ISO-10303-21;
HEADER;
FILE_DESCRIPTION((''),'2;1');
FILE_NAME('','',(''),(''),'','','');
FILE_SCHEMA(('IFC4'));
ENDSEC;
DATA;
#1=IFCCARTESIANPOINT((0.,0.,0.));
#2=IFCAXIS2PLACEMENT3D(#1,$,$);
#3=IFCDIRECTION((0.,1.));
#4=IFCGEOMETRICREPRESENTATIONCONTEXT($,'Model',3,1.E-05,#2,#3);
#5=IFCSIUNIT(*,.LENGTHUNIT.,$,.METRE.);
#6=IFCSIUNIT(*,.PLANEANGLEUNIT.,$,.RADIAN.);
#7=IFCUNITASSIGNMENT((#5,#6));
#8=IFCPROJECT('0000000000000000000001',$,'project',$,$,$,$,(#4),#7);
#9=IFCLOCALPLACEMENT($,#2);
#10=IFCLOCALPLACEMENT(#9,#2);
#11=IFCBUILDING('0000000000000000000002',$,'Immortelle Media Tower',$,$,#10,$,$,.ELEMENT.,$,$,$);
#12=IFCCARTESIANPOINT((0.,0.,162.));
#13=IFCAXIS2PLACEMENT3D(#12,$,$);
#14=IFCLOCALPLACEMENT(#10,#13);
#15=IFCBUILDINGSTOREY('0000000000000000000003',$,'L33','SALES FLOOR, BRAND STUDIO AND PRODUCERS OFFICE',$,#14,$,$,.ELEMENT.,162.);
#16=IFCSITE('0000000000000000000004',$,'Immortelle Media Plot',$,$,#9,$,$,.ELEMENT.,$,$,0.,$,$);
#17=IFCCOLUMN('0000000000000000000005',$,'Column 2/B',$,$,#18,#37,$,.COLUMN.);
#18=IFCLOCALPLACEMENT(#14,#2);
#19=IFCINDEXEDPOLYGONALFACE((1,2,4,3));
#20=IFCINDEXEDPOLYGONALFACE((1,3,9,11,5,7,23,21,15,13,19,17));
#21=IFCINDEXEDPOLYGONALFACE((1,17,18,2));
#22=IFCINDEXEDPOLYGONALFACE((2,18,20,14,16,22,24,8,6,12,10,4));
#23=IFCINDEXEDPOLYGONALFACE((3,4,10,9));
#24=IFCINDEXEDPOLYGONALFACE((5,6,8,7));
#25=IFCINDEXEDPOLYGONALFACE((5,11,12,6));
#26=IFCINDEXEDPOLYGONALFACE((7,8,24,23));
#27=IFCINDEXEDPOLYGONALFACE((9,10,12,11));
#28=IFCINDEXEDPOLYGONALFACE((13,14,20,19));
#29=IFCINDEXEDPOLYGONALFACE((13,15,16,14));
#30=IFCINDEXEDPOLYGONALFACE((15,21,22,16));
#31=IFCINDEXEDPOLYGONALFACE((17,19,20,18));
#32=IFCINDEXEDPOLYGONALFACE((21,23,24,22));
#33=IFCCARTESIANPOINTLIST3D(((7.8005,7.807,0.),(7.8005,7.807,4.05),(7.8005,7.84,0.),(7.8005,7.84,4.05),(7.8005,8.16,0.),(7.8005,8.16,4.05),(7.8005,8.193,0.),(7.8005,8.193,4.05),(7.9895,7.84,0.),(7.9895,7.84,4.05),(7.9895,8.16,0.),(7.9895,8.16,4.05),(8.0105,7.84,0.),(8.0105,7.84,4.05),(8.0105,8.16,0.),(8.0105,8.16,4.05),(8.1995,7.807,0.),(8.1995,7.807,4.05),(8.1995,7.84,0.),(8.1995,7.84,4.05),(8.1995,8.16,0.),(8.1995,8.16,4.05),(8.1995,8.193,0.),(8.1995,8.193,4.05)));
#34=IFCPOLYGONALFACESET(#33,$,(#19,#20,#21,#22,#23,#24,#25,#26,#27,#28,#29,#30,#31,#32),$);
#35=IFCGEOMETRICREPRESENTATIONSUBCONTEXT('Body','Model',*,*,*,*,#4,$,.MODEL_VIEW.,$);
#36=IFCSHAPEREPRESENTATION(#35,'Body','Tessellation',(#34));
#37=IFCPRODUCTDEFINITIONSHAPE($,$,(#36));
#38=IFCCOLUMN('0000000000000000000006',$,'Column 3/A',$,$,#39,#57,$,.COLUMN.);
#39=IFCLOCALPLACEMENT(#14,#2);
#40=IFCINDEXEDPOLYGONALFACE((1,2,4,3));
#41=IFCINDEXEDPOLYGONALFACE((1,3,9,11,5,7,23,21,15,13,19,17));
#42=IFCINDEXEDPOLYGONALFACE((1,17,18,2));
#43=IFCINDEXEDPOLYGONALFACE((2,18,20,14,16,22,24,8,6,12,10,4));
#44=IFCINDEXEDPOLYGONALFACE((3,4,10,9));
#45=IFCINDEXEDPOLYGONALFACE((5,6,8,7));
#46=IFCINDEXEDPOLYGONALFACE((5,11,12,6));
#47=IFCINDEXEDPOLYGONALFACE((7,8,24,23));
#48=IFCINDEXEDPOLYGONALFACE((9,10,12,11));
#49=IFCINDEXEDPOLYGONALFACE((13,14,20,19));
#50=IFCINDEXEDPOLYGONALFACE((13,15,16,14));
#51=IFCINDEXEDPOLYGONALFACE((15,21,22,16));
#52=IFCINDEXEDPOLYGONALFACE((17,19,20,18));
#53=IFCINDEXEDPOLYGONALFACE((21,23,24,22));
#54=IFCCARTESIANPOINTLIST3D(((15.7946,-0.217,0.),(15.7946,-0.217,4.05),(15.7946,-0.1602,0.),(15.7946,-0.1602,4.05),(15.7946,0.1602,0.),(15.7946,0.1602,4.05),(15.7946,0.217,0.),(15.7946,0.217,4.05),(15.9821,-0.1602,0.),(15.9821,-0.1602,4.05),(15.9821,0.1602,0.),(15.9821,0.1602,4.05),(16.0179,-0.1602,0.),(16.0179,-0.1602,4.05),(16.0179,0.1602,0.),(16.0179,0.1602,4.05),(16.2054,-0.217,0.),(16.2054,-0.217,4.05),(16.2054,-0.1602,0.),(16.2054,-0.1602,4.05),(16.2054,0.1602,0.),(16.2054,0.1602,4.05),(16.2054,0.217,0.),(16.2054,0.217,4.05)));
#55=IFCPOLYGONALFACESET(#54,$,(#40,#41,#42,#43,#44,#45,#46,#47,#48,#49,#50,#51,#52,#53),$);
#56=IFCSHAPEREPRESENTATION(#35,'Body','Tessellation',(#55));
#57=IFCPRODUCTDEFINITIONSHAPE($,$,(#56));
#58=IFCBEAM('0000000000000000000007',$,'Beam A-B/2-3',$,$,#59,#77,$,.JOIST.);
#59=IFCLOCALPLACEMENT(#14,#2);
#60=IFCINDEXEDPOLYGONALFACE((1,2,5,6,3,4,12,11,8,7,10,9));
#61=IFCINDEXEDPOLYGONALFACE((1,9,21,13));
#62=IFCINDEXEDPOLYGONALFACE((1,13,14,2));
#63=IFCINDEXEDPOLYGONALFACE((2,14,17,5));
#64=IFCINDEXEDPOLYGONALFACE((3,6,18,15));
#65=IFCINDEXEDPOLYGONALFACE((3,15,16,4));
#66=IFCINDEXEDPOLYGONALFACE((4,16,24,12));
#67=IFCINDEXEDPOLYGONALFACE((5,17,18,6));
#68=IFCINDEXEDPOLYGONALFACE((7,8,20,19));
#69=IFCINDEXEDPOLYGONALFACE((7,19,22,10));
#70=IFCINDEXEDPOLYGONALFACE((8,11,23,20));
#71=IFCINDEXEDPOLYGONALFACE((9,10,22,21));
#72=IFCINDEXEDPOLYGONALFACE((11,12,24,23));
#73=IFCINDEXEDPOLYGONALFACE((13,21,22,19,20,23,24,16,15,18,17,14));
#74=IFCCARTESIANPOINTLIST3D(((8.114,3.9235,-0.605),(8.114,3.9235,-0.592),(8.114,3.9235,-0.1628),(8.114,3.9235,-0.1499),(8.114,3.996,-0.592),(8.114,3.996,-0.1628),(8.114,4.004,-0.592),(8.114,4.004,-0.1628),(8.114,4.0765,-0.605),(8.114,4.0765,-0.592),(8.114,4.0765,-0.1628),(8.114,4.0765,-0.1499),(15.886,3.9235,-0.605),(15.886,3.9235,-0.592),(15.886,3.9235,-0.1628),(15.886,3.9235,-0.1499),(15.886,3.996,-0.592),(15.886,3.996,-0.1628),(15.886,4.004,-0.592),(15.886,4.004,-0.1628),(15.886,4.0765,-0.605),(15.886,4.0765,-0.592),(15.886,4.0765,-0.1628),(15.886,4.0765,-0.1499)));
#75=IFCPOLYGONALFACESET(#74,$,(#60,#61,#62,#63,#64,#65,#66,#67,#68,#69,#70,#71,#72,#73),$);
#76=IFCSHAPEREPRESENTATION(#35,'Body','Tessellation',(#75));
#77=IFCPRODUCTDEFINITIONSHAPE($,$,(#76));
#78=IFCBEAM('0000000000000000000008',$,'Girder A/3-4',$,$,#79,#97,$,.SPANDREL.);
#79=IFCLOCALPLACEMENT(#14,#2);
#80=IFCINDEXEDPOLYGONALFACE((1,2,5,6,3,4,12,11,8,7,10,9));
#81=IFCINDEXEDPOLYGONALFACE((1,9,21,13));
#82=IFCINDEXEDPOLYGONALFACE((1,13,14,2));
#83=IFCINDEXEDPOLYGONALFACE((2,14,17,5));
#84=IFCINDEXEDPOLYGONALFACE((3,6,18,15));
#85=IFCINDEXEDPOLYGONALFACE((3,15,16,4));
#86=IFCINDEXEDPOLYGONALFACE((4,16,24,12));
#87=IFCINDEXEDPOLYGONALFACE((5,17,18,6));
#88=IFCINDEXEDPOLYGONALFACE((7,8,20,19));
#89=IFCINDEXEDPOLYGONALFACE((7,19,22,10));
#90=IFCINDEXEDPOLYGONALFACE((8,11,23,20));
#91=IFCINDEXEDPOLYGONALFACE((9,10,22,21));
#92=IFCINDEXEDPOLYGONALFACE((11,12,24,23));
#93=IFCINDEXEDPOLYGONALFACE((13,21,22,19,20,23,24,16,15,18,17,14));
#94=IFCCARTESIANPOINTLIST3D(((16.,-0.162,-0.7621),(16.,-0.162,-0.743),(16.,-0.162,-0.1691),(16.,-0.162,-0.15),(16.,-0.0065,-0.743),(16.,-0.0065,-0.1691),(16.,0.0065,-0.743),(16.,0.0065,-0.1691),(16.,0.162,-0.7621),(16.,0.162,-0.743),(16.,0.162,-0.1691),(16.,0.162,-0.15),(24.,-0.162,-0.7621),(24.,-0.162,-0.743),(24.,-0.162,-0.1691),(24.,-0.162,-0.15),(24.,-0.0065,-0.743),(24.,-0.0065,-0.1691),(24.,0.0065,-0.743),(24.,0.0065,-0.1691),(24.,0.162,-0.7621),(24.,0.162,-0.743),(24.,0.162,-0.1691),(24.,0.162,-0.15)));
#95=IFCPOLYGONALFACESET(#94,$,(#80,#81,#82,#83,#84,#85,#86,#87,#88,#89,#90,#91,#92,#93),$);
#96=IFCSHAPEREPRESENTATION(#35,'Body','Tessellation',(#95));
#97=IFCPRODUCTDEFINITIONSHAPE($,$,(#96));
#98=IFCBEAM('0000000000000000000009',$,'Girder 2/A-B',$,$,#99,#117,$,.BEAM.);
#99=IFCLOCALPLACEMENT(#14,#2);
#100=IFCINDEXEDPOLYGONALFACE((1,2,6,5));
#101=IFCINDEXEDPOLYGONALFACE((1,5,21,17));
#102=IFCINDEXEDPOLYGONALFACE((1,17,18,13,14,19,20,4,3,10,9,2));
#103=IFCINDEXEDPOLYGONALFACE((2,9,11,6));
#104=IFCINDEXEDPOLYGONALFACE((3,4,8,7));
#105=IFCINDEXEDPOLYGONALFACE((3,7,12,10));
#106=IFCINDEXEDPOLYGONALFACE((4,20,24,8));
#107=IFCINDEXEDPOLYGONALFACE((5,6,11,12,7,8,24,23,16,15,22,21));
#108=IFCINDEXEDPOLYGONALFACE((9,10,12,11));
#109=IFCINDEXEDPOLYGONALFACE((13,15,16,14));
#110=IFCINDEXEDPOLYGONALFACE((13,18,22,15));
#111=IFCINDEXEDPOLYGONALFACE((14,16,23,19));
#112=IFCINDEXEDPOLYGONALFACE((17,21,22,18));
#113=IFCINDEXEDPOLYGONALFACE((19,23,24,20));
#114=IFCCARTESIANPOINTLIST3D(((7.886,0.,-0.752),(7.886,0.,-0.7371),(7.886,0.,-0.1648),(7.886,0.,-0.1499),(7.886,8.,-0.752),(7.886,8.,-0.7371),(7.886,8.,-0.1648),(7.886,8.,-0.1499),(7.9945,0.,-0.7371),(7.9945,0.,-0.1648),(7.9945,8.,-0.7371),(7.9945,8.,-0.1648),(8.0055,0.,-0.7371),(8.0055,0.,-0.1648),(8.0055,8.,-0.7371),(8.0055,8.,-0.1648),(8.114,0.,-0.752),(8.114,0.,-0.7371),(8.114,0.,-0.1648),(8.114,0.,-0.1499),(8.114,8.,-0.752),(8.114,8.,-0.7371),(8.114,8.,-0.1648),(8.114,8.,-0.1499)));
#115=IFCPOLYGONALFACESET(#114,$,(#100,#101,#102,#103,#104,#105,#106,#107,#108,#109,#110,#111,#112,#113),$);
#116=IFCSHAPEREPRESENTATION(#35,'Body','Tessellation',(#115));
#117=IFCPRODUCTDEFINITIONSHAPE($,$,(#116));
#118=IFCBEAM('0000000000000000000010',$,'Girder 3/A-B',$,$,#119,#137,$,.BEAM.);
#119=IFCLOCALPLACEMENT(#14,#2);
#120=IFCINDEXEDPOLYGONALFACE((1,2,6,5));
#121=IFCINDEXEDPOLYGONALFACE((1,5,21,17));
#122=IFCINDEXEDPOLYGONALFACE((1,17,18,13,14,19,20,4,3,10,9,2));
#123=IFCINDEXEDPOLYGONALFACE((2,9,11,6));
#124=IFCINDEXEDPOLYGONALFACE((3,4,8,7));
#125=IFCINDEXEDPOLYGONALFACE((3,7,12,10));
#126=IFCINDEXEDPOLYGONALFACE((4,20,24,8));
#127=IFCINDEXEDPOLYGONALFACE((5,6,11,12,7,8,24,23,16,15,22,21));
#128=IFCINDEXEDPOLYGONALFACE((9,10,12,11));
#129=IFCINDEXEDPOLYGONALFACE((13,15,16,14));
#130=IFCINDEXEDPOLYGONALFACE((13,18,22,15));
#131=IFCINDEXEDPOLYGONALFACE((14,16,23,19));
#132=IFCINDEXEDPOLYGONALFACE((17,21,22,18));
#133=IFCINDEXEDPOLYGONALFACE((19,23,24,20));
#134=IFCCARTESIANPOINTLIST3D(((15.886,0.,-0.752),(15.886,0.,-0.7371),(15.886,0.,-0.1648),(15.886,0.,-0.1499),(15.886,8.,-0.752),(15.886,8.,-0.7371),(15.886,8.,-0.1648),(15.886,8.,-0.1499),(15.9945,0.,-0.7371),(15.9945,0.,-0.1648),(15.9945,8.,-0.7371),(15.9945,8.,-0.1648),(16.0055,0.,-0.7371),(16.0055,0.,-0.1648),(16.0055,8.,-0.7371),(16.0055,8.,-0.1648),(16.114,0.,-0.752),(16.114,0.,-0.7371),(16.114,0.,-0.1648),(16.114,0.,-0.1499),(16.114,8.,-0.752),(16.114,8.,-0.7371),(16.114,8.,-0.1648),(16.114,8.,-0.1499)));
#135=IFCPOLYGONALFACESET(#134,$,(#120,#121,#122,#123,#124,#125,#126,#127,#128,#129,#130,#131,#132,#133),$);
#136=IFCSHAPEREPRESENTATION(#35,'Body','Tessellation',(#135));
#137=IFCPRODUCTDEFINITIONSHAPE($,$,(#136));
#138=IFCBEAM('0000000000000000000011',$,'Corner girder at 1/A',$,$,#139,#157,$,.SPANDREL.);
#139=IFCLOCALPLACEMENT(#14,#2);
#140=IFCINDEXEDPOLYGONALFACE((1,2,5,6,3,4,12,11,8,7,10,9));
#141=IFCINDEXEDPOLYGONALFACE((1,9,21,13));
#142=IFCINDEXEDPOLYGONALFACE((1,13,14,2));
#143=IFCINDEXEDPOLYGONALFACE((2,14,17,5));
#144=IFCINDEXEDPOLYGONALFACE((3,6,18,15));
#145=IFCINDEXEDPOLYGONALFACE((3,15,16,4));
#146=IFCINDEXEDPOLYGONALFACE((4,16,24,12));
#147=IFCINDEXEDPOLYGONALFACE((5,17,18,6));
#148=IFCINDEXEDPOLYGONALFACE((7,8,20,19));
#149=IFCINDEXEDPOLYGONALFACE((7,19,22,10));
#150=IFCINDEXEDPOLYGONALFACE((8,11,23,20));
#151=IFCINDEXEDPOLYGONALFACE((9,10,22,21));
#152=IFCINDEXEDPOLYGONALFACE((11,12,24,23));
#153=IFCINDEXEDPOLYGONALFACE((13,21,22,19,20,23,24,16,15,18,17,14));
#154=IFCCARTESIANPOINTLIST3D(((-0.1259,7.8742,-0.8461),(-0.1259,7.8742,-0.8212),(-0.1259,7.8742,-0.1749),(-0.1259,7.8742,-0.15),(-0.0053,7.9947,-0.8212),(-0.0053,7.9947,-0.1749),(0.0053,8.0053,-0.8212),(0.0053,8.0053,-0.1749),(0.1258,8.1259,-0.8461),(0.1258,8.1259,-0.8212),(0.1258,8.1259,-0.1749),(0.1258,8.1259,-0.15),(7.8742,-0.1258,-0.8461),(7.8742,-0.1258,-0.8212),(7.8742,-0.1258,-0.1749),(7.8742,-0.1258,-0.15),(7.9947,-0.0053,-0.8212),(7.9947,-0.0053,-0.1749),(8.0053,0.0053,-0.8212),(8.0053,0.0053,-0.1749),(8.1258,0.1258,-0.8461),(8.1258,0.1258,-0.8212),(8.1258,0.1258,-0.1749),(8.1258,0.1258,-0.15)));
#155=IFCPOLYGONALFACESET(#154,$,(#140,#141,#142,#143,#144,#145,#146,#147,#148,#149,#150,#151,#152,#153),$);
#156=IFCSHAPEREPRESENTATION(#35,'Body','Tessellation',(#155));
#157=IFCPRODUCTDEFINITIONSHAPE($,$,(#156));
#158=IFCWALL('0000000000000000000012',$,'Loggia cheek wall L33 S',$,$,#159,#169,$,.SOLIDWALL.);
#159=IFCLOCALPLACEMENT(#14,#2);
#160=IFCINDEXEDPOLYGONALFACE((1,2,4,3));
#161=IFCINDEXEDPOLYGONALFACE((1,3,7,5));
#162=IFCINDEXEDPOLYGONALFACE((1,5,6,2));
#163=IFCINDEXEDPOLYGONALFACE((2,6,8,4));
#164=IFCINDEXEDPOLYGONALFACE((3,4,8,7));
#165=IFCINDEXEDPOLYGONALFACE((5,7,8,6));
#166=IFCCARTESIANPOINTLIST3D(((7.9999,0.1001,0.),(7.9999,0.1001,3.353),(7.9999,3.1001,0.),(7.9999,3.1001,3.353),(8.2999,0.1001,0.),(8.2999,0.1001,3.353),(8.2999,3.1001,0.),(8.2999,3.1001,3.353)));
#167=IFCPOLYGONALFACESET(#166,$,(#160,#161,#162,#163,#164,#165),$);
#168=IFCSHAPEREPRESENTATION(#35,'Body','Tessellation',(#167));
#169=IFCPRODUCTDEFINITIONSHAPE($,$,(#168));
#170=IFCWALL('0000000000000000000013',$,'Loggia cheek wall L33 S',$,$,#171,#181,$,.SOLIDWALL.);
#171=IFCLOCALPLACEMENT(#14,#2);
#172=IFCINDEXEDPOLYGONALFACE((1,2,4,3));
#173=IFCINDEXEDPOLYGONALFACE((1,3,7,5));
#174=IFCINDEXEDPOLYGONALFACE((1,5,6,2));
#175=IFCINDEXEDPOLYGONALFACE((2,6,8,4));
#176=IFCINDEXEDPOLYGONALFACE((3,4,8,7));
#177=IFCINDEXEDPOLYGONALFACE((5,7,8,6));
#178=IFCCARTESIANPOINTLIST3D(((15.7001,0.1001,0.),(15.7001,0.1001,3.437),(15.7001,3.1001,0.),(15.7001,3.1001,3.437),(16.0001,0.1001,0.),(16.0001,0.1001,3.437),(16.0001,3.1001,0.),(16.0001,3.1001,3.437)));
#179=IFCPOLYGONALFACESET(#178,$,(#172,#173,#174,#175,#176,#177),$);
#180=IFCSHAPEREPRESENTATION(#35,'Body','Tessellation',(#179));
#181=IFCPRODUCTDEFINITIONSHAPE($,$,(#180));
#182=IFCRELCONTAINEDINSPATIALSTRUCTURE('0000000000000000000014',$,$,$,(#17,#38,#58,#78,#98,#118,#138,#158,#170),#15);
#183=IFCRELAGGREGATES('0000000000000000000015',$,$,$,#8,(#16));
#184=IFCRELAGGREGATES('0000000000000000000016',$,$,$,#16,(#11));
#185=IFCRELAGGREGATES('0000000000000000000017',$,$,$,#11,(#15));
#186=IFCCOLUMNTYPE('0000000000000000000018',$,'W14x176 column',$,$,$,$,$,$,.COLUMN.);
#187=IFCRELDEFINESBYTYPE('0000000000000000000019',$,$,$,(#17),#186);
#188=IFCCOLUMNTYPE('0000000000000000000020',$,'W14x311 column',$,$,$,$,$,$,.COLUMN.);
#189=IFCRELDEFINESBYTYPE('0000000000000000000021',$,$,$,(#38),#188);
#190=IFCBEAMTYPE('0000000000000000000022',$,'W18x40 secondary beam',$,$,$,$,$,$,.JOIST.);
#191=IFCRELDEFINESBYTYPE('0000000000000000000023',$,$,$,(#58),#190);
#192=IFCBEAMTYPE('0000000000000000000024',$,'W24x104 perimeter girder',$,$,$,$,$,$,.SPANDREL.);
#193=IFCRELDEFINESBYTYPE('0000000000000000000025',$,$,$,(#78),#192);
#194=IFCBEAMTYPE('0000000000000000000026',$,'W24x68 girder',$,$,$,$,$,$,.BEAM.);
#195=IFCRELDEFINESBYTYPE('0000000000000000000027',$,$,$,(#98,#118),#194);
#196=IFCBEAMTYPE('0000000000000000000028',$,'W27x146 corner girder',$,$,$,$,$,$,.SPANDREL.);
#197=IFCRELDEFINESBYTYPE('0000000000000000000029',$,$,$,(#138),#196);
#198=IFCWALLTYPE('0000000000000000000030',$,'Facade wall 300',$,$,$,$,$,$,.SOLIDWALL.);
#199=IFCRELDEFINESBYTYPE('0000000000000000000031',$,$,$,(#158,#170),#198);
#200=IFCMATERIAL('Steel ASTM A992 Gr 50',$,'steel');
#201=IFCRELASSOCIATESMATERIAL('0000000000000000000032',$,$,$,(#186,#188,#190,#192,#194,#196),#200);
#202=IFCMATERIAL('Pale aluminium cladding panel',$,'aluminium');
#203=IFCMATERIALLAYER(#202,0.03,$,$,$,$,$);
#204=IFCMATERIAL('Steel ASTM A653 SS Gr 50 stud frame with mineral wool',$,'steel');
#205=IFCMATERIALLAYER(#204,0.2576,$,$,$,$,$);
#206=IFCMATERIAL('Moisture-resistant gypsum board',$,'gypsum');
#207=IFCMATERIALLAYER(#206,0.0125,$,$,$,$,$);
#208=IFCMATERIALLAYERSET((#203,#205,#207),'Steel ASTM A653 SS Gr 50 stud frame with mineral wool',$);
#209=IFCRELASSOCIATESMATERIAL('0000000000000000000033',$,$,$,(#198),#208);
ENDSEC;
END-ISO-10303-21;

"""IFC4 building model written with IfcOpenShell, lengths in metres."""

from ifc_helpers import new_model, si_unit, direction, frame, frame_2d, origin, origin_2d, place, context, subcontext, project, spatial, rectangle, i_section, extrude, material, layer, layer_set, material_profile, profile_set, type_object, element, save


model = new_model("IFC4")

# Units and contexts
model_context = context("Model", 3, precision=1e-05, world=origin(), true_north=direction((0.0, 1.0)))
body_context = subcontext(model_context, "Body", "Model", "MODEL_VIEW")
ifc_project = project(units=[si_unit("LENGTHUNIT", "METRE"), si_unit("PLANEANGLEUNIT", "RADIAN")], contexts=[model_context])

# Site, building, storey
site_placement = place(None, origin())
site = spatial("IfcSite", under=ifc_project, at=site_placement, Name="Immortelle Media Plot", CompositionType="ELEMENT", RefElevation=0.0)
building_placement = place(site_placement, origin())
building = spatial("IfcBuilding", under=site, at=building_placement, Name="Immortelle Media Tower", CompositionType="ELEMENT")
storey_placement = place(building_placement, frame((0.0, 0.0, 162.0)))
storey = spatial("IfcBuildingStorey", under=building, at=storey_placement, Name="L33", Description="SALES FLOOR, BRAND STUDIO AND PRODUCERS OFFICE", CompositionType="ELEMENT", Elevation=162.0)

# Columns
ifc_material_1 = material(Name="Steel ASTM A992 Gr 50", Category="steel")
ifc_material_profile_1 = material_profile(ifc_material_1, i_section(OverallWidth=0.3989, OverallDepth=0.386, WebThickness=0.021, FlangeThickness=0.033, at=origin_2d()), Name="W14x176")
ifc_profile_set_1 = profile_set([ifc_material_profile_1], Name="Steel ASTM A992 Gr 50")
column_type_1 = type_object("IfcColumnType", Name="W14x176 column", PredefinedType="COLUMN", material=ifc_profile_set_1)
column_1_placement = place(storey_placement, frame((8.0, 8.0, 0.0), z_axis=(0.0, 0.0, 1.0), x_axis=(1.0, 0.0, 0.0)))
element("IfcColumn", 1, at=column_1_placement, inside=storey, type_object=column_type_1, Name="Column 2/B", PredefinedType="COLUMN", context=body_context, shape_type="SweptSolid", body=[
    extrude(i_section(OverallWidth=0.3989, OverallDepth=0.386, WebThickness=0.021, FlangeThickness=0.033, at=origin_2d()), origin(), (0.0, 0.0, 1.0), 4.05),
])
ifc_material_profile_2 = material_profile(ifc_material_1, i_section(OverallWidth=0.4109, OverallDepth=0.4341, WebThickness=0.0359, FlangeThickness=0.0569, at=origin_2d()), Name="W14x311")
ifc_profile_set_2 = profile_set([ifc_material_profile_2], Name="Steel ASTM A992 Gr 50")
column_type_2 = type_object("IfcColumnType", Name="W14x311 column", PredefinedType="COLUMN", material=ifc_profile_set_2)
column_2_placement = place(storey_placement, frame((16.0, 0.0, 0.0), z_axis=(0.0, 0.0, 1.0), x_axis=(1.0, 0.0, 0.0)))
element("IfcColumn", 2, at=column_2_placement, inside=storey, type_object=column_type_2, Name="Column 3/A", PredefinedType="COLUMN", context=body_context, shape_type="SweptSolid", body=[
    extrude(i_section(OverallWidth=0.4109, OverallDepth=0.4341, WebThickness=0.0359, FlangeThickness=0.0569, at=origin_2d()), origin(), (0.0, 0.0, 1.0), 4.05),
])

# Beams
ifc_material_profile_3 = material_profile(ifc_material_1, i_section(OverallWidth=0.1531, OverallDepth=0.4551, WebThickness=0.0081, FlangeThickness=0.0129, at=origin_2d()), Name="W18x40")
ifc_profile_set_3 = profile_set([ifc_material_profile_3], Name="Steel ASTM A992 Gr 50")
beam_type_1 = type_object("IfcBeamType", Name="W18x40 secondary beam", PredefinedType="JOIST", material=ifc_profile_set_3)
beam_1_placement = place(storey_placement, frame((8.114, 4.0, -0.3774), z_axis=(1.0, 0.0, 0.0), x_axis=(0.0, 1.0, 0.0)))
element("IfcBeam", 3, at=beam_1_placement, inside=storey, type_object=beam_type_1, Name="Beam A-B/2-3", PredefinedType="JOIST", context=body_context, shape_type="SweptSolid", body=[
    extrude(i_section(OverallWidth=0.1531, OverallDepth=0.4551, WebThickness=0.0081, FlangeThickness=0.0129, at=origin_2d()), origin(), (0.0, 0.0, 1.0), 7.772),
])
ifc_material_profile_4 = material_profile(ifc_material_1, i_section(OverallWidth=0.324, OverallDepth=0.6121, WebThickness=0.0129, FlangeThickness=0.019, at=origin_2d()), Name="W24x104")
ifc_profile_set_4 = profile_set([ifc_material_profile_4], Name="Steel ASTM A992 Gr 50")
beam_type_2 = type_object("IfcBeamType", Name="W24x104 perimeter girder", PredefinedType="SPANDREL", material=ifc_profile_set_4)
beam_2_placement = place(storey_placement, frame((16.0, 0.0, -0.4561), z_axis=(1.0, 0.0, 0.0), x_axis=(0.0, 1.0, 0.0)))
element("IfcBeam", 4, at=beam_2_placement, inside=storey, type_object=beam_type_2, Name="Girder A/3-4", PredefinedType="SPANDREL", context=body_context, shape_type="SweptSolid", body=[
    extrude(i_section(OverallWidth=0.324, OverallDepth=0.6121, WebThickness=0.0129, FlangeThickness=0.019, at=origin_2d()), origin(), (0.0, 0.0, 1.0), 8.0),
])
ifc_material_profile_5 = material_profile(ifc_material_1, i_section(OverallWidth=0.228, OverallDepth=0.6021, WebThickness=0.011, FlangeThickness=0.0149, at=origin_2d()), Name="W24x68")
ifc_profile_set_5 = profile_set([ifc_material_profile_5], Name="Steel ASTM A992 Gr 50")
beam_type_3 = type_object("IfcBeamType", Name="W24x68 girder", PredefinedType="BEAM", material=ifc_profile_set_5)
for number, where, z_axis, x_axis, name in (
    (5, (8.0, 0.0, -0.4509), (0.0, 1.0, 0.0), (-1.0, 0.0, 0.0), "Girder 2/A-B"),
    (6, (16.0, 0.0, -0.4509), (0.0, 1.0, 0.0), (-1.0, 0.0, 0.0), "Girder 3/A-B"),
):
    element("IfcBeam", number, at=place(storey_placement, frame(where, z_axis=z_axis, x_axis=x_axis)), inside=storey, type_object=beam_type_3, Name=name, PredefinedType="BEAM", context=body_context, shape_type="SweptSolid", body=[
        extrude(i_section(OverallWidth=0.228, OverallDepth=0.6021, WebThickness=0.011, FlangeThickness=0.0149, at=origin_2d()), origin(), (0.0, 0.0, 1.0), 8.0),
    ])
ifc_material_profile_6 = material_profile(ifc_material_1, i_section(OverallWidth=0.356, OverallDepth=0.696, WebThickness=0.0149, FlangeThickness=0.0249, at=origin_2d()), Name="W27x146")
ifc_profile_set_6 = profile_set([ifc_material_profile_6], Name="Steel ASTM A992 Gr 50")
beam_type_4 = type_object("IfcBeamType", Name="W27x146 corner girder", PredefinedType="SPANDREL", material=ifc_profile_set_6)
beam_3_placement = place(storey_placement, frame((8.0, 0.0, -0.498), z_axis=(-0.707107, 0.707107, 0.0), x_axis=(-0.707107, -0.707107, 0.0)))
element("IfcBeam", 7, at=beam_3_placement, inside=storey, type_object=beam_type_4, Name="Corner girder at 1/A", PredefinedType="SPANDREL", context=body_context, shape_type="SweptSolid", body=[
    extrude(i_section(OverallWidth=0.356, OverallDepth=0.696, WebThickness=0.0149, FlangeThickness=0.0249, at=origin_2d()), origin(), (0.0, 0.0, 1.0), 11.3137),
])

# Shared definitions
ifc_material_2 = material(Name="Pale aluminium cladding panel", Category="aluminium")
ifc_layer_1 = layer(ifc_material_2, 0.03)
ifc_material_3 = material(Name="Steel ASTM A653 SS Gr 50 stud frame with mineral wool", Category="steel")
ifc_layer_2 = layer(ifc_material_3, 0.2576)
ifc_material_4 = material(Name="Moisture-resistant gypsum board", Category="gypsum")
ifc_layer_3 = layer(ifc_material_4, 0.0125)
ifc_layer_set_1 = layer_set([ifc_layer_1, ifc_layer_2, ifc_layer_3], Name="Steel ASTM A653 SS Gr 50 stud frame with mineral wool")
wall_type_1 = type_object("IfcWallType", Name="Facade wall 300", PredefinedType="SOLIDWALL", material=ifc_layer_set_1)

# Walls
wall_1_placement = place(storey_placement, frame((8.1499, 0.1001, 0.0), z_axis=(0.0, 0.0, 1.0), x_axis=(0.0, 1.0, 0.0)))
element("IfcWall", 8, at=wall_1_placement, inside=storey, type_object=wall_type_1, Name="Loggia cheek wall L33 S", PredefinedType="SOLIDWALL", context=body_context, shape_type="SweptSolid", body=[
    extrude(rectangle(XDim=3.0, YDim=0.3, at=frame_2d((1.5, 0.0))), origin(), (0.0, 0.0, 1.0), 3.353),
])
wall_2_placement = place(storey_placement, frame((15.8501, 0.1001, 0.0), z_axis=(0.0, 0.0, 1.0), x_axis=(0.0, 1.0, 0.0)))
element("IfcWall", 9, at=wall_2_placement, inside=storey, type_object=wall_type_1, Name="Loggia cheek wall L33 S", PredefinedType="SOLIDWALL", context=body_context, shape_type="SweptSolid", body=[
    extrude(rectangle(XDim=3.0, YDim=0.3, at=frame_2d((1.5, 0.0))), origin(), (0.0, 0.0, 1.0), 3.437),
])

save(model, "model.ifc")
